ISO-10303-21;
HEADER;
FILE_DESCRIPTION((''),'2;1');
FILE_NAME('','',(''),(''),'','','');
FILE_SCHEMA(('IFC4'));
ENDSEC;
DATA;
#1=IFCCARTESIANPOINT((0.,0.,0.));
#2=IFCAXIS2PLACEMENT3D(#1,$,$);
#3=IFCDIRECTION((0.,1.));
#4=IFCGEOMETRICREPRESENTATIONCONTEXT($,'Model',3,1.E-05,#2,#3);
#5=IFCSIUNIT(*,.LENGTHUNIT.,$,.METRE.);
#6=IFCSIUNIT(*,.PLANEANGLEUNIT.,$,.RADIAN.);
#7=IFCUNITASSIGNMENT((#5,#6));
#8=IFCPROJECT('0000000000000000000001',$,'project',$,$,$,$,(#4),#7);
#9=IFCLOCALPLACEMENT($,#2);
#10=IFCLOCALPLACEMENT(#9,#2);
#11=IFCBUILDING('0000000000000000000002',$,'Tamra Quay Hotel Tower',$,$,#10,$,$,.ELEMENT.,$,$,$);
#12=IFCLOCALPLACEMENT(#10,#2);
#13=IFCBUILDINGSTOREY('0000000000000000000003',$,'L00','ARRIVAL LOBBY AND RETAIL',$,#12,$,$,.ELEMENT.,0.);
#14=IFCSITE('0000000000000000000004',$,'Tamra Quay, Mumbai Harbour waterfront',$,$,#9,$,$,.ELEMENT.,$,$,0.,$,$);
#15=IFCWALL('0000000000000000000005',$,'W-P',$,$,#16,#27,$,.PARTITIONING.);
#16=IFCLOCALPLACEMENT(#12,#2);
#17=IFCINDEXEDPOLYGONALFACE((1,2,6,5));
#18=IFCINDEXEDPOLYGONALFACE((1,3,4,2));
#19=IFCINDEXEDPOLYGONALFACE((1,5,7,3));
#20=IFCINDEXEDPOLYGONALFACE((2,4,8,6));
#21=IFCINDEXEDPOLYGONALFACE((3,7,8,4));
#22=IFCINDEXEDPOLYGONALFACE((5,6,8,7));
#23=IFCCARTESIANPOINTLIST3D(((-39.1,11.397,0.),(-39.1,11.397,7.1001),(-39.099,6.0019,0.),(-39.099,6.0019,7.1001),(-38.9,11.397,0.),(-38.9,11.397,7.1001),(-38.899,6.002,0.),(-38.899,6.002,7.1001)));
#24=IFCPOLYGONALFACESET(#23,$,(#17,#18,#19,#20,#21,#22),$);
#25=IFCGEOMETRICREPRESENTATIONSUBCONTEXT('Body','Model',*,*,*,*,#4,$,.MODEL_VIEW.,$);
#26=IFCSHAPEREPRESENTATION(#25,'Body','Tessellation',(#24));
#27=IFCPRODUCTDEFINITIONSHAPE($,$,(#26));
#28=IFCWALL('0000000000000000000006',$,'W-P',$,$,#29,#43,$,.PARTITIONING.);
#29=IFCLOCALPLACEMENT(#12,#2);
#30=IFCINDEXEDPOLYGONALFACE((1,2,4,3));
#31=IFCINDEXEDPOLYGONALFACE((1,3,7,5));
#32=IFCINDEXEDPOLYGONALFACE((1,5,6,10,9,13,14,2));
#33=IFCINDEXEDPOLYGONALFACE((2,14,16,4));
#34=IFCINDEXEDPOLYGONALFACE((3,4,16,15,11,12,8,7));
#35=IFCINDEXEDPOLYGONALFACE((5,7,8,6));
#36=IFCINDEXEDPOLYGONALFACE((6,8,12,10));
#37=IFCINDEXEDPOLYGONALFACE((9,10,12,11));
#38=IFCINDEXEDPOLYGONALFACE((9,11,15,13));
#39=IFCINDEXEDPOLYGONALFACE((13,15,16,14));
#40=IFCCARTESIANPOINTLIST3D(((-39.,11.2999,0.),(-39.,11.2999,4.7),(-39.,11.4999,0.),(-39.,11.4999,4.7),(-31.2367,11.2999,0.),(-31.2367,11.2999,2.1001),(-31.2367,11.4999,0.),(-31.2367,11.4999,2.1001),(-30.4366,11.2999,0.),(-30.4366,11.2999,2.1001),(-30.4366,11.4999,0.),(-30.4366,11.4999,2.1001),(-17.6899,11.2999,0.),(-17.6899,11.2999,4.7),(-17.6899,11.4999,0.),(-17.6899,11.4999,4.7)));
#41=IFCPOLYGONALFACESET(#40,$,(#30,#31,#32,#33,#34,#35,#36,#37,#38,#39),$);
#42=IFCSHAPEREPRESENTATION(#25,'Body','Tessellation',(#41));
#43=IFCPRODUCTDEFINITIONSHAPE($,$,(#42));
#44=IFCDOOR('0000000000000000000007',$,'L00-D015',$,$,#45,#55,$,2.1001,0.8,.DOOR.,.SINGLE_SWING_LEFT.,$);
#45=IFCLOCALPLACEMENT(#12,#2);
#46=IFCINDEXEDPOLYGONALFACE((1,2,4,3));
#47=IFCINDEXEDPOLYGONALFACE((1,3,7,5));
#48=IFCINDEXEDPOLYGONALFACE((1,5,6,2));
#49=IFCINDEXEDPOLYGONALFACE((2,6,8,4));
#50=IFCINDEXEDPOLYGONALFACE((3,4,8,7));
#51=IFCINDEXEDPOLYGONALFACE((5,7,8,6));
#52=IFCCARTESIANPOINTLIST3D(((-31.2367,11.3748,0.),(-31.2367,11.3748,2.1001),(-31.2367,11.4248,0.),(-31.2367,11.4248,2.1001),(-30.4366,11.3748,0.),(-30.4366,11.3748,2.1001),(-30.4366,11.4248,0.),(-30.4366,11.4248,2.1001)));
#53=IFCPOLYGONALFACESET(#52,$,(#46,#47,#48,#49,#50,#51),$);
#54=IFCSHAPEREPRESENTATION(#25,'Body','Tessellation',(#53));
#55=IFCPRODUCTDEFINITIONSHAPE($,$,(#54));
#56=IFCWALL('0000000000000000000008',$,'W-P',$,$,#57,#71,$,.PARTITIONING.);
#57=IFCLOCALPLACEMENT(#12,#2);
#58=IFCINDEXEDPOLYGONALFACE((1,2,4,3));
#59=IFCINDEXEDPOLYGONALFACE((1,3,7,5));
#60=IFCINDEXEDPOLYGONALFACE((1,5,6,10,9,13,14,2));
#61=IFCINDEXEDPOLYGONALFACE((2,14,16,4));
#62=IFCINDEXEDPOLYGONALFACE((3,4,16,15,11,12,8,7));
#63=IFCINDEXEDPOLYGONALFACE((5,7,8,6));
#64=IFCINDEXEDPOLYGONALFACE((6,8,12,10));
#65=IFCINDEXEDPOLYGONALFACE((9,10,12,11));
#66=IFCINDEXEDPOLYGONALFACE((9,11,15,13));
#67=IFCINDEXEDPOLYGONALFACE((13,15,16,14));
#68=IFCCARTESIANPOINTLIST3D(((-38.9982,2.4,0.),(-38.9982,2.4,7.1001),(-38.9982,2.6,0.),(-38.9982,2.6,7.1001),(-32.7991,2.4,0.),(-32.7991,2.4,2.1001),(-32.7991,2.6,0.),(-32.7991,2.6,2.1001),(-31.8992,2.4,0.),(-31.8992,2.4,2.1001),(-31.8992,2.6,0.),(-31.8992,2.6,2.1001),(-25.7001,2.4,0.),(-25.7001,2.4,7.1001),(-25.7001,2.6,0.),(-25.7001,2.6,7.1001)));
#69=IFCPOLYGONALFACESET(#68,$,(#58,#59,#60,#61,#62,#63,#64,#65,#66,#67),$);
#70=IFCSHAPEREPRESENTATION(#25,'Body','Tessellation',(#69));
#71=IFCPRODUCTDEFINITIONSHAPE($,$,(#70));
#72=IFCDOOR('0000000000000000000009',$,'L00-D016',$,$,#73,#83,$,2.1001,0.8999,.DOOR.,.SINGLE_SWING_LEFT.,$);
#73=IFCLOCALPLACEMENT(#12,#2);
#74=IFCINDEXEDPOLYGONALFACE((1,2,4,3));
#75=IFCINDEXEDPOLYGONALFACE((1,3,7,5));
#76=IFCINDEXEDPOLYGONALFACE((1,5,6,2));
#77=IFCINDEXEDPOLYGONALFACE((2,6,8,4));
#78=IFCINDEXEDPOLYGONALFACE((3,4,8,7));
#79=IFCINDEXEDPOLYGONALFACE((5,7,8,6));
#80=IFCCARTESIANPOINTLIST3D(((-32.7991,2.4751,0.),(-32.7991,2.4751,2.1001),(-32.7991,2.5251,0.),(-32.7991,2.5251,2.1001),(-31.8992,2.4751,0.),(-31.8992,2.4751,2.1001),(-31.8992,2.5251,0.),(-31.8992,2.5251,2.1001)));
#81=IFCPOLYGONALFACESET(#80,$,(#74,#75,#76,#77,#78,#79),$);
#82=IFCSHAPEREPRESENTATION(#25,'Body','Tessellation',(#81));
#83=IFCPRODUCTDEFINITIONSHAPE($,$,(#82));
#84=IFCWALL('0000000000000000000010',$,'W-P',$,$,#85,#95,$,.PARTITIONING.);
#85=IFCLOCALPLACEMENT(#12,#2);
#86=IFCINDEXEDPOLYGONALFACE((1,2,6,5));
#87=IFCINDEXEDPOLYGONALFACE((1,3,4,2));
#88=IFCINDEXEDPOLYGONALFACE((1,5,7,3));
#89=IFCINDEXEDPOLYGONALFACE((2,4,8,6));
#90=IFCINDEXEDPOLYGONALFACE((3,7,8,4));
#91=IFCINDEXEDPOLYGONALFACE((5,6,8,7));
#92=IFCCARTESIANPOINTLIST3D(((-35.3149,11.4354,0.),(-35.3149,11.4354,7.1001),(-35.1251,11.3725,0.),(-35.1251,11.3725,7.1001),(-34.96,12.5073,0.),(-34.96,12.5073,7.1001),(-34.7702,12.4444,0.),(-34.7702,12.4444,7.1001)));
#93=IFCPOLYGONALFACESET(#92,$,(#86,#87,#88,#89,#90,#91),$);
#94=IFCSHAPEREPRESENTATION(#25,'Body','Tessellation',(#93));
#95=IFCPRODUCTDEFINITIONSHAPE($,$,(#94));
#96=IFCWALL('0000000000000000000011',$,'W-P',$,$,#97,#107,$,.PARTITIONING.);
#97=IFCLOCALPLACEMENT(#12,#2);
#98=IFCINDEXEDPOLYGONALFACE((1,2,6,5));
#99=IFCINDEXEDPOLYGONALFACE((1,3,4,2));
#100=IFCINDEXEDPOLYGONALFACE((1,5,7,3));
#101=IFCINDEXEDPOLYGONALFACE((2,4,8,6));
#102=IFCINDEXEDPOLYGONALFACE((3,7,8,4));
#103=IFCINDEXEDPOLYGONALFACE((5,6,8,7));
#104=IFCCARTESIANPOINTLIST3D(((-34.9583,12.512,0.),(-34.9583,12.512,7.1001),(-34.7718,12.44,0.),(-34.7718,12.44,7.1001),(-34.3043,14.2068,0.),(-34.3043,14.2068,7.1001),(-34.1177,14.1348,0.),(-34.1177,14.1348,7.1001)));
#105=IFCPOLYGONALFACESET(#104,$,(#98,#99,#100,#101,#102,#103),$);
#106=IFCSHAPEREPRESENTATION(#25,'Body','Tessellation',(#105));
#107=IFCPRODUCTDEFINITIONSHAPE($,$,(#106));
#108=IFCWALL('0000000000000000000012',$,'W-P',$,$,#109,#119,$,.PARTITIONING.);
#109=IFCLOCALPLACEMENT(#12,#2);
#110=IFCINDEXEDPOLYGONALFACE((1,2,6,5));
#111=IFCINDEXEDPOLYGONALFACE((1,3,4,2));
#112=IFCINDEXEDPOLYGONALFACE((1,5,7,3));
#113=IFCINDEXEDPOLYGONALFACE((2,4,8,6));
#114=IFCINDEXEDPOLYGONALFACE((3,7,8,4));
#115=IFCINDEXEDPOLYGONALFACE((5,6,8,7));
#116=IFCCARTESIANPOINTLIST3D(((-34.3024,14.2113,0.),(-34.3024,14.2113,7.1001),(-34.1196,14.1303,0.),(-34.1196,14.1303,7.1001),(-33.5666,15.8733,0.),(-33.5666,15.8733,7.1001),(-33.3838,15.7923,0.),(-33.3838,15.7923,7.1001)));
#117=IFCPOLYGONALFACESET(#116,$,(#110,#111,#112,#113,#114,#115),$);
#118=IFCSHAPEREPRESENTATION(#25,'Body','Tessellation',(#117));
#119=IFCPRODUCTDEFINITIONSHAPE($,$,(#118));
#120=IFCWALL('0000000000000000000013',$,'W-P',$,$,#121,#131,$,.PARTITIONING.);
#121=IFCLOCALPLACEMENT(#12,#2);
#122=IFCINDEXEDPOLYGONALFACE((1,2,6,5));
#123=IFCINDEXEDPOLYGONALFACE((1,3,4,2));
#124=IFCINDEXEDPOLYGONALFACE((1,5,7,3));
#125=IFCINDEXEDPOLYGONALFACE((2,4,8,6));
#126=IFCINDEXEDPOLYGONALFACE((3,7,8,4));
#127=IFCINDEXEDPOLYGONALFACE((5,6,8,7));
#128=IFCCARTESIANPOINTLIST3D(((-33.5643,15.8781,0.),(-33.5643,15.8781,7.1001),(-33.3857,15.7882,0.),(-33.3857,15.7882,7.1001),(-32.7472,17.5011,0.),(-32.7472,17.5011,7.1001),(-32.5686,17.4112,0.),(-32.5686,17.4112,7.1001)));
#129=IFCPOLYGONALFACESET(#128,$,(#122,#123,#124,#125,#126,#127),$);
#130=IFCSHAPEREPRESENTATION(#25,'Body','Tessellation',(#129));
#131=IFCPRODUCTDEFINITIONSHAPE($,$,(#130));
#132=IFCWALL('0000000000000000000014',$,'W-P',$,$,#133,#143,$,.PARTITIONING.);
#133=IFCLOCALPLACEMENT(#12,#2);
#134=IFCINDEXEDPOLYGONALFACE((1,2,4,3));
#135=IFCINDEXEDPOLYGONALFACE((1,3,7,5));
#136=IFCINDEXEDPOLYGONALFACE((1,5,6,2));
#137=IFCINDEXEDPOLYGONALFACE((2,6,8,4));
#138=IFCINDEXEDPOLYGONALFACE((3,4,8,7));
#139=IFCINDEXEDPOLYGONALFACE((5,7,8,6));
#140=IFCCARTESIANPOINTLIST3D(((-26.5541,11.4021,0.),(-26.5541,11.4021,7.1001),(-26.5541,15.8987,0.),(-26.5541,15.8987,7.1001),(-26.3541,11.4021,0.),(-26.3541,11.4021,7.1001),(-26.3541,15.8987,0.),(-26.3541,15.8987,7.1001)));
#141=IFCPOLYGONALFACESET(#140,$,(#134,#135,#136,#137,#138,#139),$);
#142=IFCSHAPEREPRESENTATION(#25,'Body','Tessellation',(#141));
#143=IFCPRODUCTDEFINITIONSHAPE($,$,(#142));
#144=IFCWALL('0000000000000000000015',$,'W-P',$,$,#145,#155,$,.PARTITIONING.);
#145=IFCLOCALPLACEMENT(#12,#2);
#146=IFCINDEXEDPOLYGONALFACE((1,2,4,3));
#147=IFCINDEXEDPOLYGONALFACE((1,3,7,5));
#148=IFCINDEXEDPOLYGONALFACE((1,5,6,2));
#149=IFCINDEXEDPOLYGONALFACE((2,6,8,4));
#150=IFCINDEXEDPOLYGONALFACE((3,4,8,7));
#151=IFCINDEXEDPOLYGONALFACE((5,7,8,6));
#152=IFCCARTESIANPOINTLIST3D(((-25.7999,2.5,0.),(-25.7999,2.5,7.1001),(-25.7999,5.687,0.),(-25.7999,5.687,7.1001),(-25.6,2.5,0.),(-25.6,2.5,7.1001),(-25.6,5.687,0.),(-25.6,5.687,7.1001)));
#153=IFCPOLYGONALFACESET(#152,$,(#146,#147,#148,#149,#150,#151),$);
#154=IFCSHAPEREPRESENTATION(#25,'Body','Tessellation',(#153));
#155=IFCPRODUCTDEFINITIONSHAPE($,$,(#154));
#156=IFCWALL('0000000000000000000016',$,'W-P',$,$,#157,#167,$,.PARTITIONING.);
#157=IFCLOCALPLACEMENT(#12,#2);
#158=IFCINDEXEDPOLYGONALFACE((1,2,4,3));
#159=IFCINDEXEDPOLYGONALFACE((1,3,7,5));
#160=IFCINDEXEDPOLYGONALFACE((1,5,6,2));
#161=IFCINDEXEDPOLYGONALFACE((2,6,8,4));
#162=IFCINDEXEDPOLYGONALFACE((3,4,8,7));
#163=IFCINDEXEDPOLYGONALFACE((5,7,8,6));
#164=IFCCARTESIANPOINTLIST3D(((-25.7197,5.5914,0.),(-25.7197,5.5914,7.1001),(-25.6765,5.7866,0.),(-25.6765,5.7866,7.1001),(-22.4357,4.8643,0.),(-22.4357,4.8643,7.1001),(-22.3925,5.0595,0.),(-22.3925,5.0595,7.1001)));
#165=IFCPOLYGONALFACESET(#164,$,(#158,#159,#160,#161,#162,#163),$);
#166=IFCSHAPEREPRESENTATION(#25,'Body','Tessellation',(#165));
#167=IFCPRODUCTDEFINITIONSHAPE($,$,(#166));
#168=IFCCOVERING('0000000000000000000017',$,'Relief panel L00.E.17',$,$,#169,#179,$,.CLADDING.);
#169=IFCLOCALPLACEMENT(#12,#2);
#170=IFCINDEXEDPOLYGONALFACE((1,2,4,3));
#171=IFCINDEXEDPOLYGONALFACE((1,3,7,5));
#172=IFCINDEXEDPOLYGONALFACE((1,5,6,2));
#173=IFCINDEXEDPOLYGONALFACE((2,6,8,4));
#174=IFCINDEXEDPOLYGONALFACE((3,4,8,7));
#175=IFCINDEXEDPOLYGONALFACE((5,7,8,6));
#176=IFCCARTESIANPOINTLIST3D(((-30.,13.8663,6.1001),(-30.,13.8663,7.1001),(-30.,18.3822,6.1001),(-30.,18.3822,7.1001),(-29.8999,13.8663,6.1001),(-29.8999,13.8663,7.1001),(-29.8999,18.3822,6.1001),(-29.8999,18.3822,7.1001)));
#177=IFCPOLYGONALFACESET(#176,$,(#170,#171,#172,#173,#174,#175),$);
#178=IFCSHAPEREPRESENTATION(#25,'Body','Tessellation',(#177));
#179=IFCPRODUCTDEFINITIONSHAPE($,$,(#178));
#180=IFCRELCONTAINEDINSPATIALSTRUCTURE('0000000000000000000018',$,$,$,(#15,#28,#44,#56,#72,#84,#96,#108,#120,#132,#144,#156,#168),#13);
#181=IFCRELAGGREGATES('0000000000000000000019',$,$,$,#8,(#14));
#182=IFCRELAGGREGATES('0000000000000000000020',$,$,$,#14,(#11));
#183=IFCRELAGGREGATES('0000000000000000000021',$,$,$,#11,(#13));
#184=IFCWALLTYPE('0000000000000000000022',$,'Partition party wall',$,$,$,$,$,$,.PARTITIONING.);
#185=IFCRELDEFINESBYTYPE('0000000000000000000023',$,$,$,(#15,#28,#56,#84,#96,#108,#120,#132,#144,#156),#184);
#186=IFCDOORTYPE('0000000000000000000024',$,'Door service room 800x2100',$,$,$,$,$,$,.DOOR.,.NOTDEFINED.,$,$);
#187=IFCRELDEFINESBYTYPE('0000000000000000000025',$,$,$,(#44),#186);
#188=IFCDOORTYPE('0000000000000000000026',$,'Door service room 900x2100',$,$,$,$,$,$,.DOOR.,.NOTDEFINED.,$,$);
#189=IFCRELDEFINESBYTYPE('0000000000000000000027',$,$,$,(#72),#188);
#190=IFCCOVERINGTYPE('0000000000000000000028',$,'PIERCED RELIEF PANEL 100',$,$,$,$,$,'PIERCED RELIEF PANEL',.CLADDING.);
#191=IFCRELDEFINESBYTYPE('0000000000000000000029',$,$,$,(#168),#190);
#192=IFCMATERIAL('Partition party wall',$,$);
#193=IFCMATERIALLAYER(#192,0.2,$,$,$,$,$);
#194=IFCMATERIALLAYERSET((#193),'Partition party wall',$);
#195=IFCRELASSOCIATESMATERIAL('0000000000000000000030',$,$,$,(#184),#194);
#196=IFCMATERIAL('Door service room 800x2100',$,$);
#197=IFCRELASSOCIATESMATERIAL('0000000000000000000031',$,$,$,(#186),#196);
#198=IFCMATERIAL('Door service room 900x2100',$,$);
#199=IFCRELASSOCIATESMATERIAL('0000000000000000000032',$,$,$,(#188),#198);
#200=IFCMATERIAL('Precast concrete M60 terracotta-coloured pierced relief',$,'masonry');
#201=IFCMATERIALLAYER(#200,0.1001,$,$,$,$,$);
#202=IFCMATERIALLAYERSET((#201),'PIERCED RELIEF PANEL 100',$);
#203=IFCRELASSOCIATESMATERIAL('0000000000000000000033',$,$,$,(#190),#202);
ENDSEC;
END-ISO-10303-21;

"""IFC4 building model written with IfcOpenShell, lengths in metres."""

from ifc_helpers import new_model, si_unit, direction, frame, frame_2d, origin, origin_2d, place, context, subcontext, project, spatial, rectangle, extrude, material, layer, layer_set, type_object, element, fill, save


model = new_model("IFC4")

# Units and contexts
model_context = context("Model", 3, precision=1e-05, world=origin(), true_north=direction((0.0, 1.0)))
body_context = subcontext(model_context, "Body", "Model", "MODEL_VIEW")
ifc_project = project(units=[si_unit("LENGTHUNIT", "METRE"), si_unit("PLANEANGLEUNIT", "RADIAN")], contexts=[model_context])

# Site, building, storey
site_placement = place(None, origin())
site = spatial("IfcSite", under=ifc_project, at=site_placement, Name="Tamra Quay, Mumbai Harbour waterfront", CompositionType="ELEMENT", RefElevation=0.0)
building_placement = place(site_placement, origin())
building = spatial("IfcBuilding", under=site, at=building_placement, Name="Tamra Quay Hotel Tower", CompositionType="ELEMENT")
storey_placement = place(building_placement, origin())
storey = spatial("IfcBuildingStorey", under=building, at=storey_placement, Name="L00", Description="ARRIVAL LOBBY AND RETAIL", CompositionType="ELEMENT", Elevation=0.0)

# Wall
ifc_material_1 = material(Name="Partition party wall")
ifc_layer_1 = layer(ifc_material_1, 0.2)
ifc_layer_set_1 = layer_set([ifc_layer_1], Name="Partition party wall")
wall_type_1 = type_object("IfcWallType", Name="Partition party wall", PredefinedType="PARTITIONING", material=ifc_layer_set_1)
wall_1_placement = place(storey_placement, frame((-39.0, 11.397, 0.0), z_axis=(0.0, 0.0, 1.0), x_axis=(0.000181, -1.0, 0.0)))
element("IfcWall", 1, at=wall_1_placement, inside=storey, type_object=wall_type_1, Name="W-P", PredefinedType="PARTITIONING", context=body_context, shape_type="SweptSolid", body=[
    extrude(rectangle(XDim=5.395, YDim=0.2, at=frame_2d((2.6975, 0.0))), origin(), (0.0, 0.0, 1.0), 7.1001),
])

# Walls, openings, doors
wall_2_placement = place(storey_placement, frame((-39.0, 11.3999, 0.0), z_axis=(0.0, 0.0, 1.0), x_axis=(1.0, 0.0, 0.0)))
wall_2 = element("IfcWall", 2, at=wall_2_placement, inside=storey, type_object=wall_type_1, Name="W-P", PredefinedType="PARTITIONING", context=body_context, shape_type="SweptSolid", body=[
    extrude(rectangle(XDim=21.3101, YDim=0.2, at=frame_2d((10.655, 0.0))), origin(), (0.0, 0.0, 1.0), 4.7),
])
opening_1_placement = place(wall_2_placement, frame((7.7634, 0.0, 0.0)))
opening_1 = element("IfcOpeningElement", 3, at=opening_1_placement, cuts=wall_2, PredefinedType="OPENING", context=body_context, shape_type="SweptSolid", body=[
    extrude(rectangle(XDim=0.8, YDim=2.1001, at=frame_2d((0.3999, 1.05))), frame((0.0, 0.1099, 0.0), z_axis=(0.0, -1.0, 0.0), x_axis=(1.0, 0.0, 0.0)), (0.0, 0.0, 1.0), 0.22),
])
ifc_material_2 = material(Name="Door service room 800x2100")
door_type_1 = type_object("IfcDoorType", Name="Door service room 800x2100", OperationType="NOTDEFINED", PredefinedType="DOOR", material=ifc_material_2)
door_1_placement = place(opening_1_placement, origin())
door_1 = element("IfcDoor", 4, at=door_1_placement, inside=storey, type_object=door_type_1, Name="L00-D015", OperationType="SINGLE_SWING_LEFT", OverallHeight=2.1001, OverallWidth=0.8, PredefinedType="DOOR", context=body_context, shape_type="SweptSolid", body=[
    extrude(rectangle(XDim=0.8, YDim=2.1001, at=frame_2d((0.3999, 1.05))), frame((0.0, 0.0249, 0.0), z_axis=(0.0, -1.0, 0.0), x_axis=(1.0, 0.0, 0.0)), (0.0, 0.0, 1.0), 0.05),
])
fill(opening_1, door_1)
wall_3_placement = place(storey_placement, frame((-38.998, 2.5, 0.0), z_axis=(0.0, 0.0, 1.0), x_axis=(1.0, 0.0, 0.0)))
wall_3 = element("IfcWall", 5, at=wall_3_placement, inside=storey, type_object=wall_type_1, Name="W-P", PredefinedType="PARTITIONING", context=body_context, shape_type="SweptSolid", body=[
    extrude(rectangle(XDim=13.2981, YDim=0.2, at=frame_2d((6.6489, 0.0))), origin(), (0.0, 0.0, 1.0), 7.1001),
])
opening_2_placement = place(wall_3_placement, frame((6.199, 0.0, 0.0)))
opening_2 = element("IfcOpeningElement", 6, at=opening_2_placement, cuts=wall_3, PredefinedType="OPENING", context=body_context, shape_type="SweptSolid", body=[
    extrude(rectangle(XDim=0.8999, YDim=2.1001, at=frame_2d((0.45, 1.05))), frame((0.0, 0.1099, 0.0), z_axis=(0.0, -1.0, 0.0), x_axis=(1.0, 0.0, 0.0)), (0.0, 0.0, 1.0), 0.22),
])
ifc_material_3 = material(Name="Door service room 900x2100")
door_type_2 = type_object("IfcDoorType", Name="Door service room 900x2100", OperationType="NOTDEFINED", PredefinedType="DOOR", material=ifc_material_3)
door_2_placement = place(opening_2_placement, frame((0.8999, 0.0, 0.0), z_axis=(0.0, 0.0, 1.0), x_axis=(-1.0, 0.0, 0.0)))
door_2 = element("IfcDoor", 7, at=door_2_placement, inside=storey, type_object=door_type_2, Name="L00-D016", OperationType="SINGLE_SWING_LEFT", OverallHeight=2.1001, OverallWidth=0.8999, PredefinedType="DOOR", context=body_context, shape_type="SweptSolid", body=[
    extrude(rectangle(XDim=0.8999, YDim=2.1001, at=frame_2d((0.45, 1.05))), frame((0.0, 0.0249, 0.0), z_axis=(0.0, -1.0, 0.0), x_axis=(1.0, 0.0, 0.0)), (0.0, 0.0, 1.0), 0.05),
])
fill(opening_2, door_2)

# Walls
wall_4_placement = place(storey_placement, frame((-35.22, 11.4041, 0.0), z_axis=(0.0, 0.0, 1.0), x_axis=(0.314346, 0.949308, 0.0)))
element("IfcWall", 8, at=wall_4_placement, inside=storey, type_object=wall_type_1, Name="W-P", PredefinedType="PARTITIONING", context=body_context, shape_type="SweptSolid", body=[
    extrude(rectangle(XDim=1.1292, YDim=0.2, at=frame_2d((0.5645, 0.0))), origin(), (0.0, 0.0, 1.0), 7.1001),
])
wall_5_placement = place(storey_placement, frame((-34.865, 12.4761, 0.0), z_axis=(0.0, 0.0, 1.0), x_axis=(0.360033, 0.93294, 0.0)))
element("IfcWall", 9, at=wall_5_placement, inside=storey, type_object=wall_type_1, Name="W-P", PredefinedType="PARTITIONING", context=body_context, shape_type="SweptSolid", body=[
    extrude(rectangle(XDim=1.8167, YDim=0.2, at=frame_2d((0.9082, 0.0))), origin(), (0.0, 0.0, 1.0), 7.1001),
])
wall_6_placement = place(storey_placement, frame((-34.2109, 14.1709, 0.0), z_axis=(0.0, 0.0, 1.0), x_axis=(0.404817, 0.914398, 0.0)))
element("IfcWall", 10, at=wall_6_placement, inside=storey, type_object=wall_type_1, Name="W-P", PredefinedType="PARTITIONING", context=body_context, shape_type="SweptSolid", body=[
    extrude(rectangle(XDim=1.8176, YDim=0.2, at=frame_2d((0.9087, 0.0))), origin(), (0.0, 0.0, 1.0), 7.1001),
])
wall_7_placement = place(storey_placement, frame((-33.4751, 15.833, 0.0), z_axis=(0.0, 0.0, 1.0), x_axis=(0.449684, 0.893188, 0.0)))
element("IfcWall", 11, at=wall_7_placement, inside=storey, type_object=wall_type_1, Name="W-P", PredefinedType="PARTITIONING", context=body_context, shape_type="SweptSolid", body=[
    extrude(rectangle(XDim=1.8171, YDim=0.2, at=frame_2d((0.9087, 0.0))), origin(), (0.0, 0.0, 1.0), 7.1001),
])
wall_8_placement = place(storey_placement, frame((-26.4541, 11.4021, 0.0), z_axis=(0.0, 0.0, 1.0), x_axis=(0.0, 1.0, 0.0)))
element("IfcWall", 12, at=wall_8_placement, inside=storey, type_object=wall_type_1, Name="W-P", PredefinedType="PARTITIONING", context=body_context, shape_type="SweptSolid", body=[
    extrude(rectangle(XDim=4.4966, YDim=0.2, at=frame_2d((2.2483, 0.0))), origin(), (0.0, 0.0, 1.0), 7.1001),
])
wall_9_placement = place(storey_placement, frame((-25.7, 2.5, 0.0), z_axis=(0.0, 0.0, 1.0), x_axis=(0.0, 1.0, 0.0)))
element("IfcWall", 13, at=wall_9_placement, inside=storey, type_object=wall_type_1, Name="W-P", PredefinedType="PARTITIONING", context=body_context, shape_type="SweptSolid", body=[
    extrude(rectangle(XDim=3.187, YDim=0.2, at=frame_2d((1.5935, 0.0))), origin(), (0.0, 0.0, 1.0), 7.1001),
])
wall_10_placement = place(storey_placement, frame((-25.698, 5.689, 0.0), z_axis=(0.0, 0.0, 1.0), x_axis=(0.976358, -0.216162, 0.0)))
element("IfcWall", 14, at=wall_10_placement, inside=storey, type_object=wall_type_1, Name="W-P", PredefinedType="PARTITIONING", context=body_context, shape_type="SweptSolid", body=[
    extrude(rectangle(XDim=3.3635, YDim=0.2, at=frame_2d((1.6816, 0.0))), origin(), (0.0, 0.0, 1.0), 7.1001),
])

# Covering
ifc_material_4 = material(Name="Precast concrete M60 terracotta-coloured pierced relief", Category="masonry")
ifc_layer_2 = layer(ifc_material_4, 0.1001)
ifc_layer_set_2 = layer_set([ifc_layer_2], Name="PIERCED RELIEF PANEL 100")
covering_type = type_object("IfcCoveringType", Name="PIERCED RELIEF PANEL 100", ElementType="PIERCED RELIEF PANEL", PredefinedType="CLADDING", material=ifc_layer_set_2)
covering_placement = place(storey_placement, frame((-29.95, 16.1243, 6.1001), z_axis=(0.0, 0.0, 1.0), x_axis=(0.0, 1.0, 0.0)))
element("IfcCovering", 15, at=covering_placement, inside=storey, type_object=covering_type, Name="Relief panel L00.E.17", PredefinedType="CLADDING", context=body_context, shape_type="SweptSolid", body=[
    extrude(rectangle(XDim=4.5159, YDim=0.1001, at=origin_2d()), origin(), (0.0, 0.0, 1.0), 1.0),
])

save(model, "model.ifc")
